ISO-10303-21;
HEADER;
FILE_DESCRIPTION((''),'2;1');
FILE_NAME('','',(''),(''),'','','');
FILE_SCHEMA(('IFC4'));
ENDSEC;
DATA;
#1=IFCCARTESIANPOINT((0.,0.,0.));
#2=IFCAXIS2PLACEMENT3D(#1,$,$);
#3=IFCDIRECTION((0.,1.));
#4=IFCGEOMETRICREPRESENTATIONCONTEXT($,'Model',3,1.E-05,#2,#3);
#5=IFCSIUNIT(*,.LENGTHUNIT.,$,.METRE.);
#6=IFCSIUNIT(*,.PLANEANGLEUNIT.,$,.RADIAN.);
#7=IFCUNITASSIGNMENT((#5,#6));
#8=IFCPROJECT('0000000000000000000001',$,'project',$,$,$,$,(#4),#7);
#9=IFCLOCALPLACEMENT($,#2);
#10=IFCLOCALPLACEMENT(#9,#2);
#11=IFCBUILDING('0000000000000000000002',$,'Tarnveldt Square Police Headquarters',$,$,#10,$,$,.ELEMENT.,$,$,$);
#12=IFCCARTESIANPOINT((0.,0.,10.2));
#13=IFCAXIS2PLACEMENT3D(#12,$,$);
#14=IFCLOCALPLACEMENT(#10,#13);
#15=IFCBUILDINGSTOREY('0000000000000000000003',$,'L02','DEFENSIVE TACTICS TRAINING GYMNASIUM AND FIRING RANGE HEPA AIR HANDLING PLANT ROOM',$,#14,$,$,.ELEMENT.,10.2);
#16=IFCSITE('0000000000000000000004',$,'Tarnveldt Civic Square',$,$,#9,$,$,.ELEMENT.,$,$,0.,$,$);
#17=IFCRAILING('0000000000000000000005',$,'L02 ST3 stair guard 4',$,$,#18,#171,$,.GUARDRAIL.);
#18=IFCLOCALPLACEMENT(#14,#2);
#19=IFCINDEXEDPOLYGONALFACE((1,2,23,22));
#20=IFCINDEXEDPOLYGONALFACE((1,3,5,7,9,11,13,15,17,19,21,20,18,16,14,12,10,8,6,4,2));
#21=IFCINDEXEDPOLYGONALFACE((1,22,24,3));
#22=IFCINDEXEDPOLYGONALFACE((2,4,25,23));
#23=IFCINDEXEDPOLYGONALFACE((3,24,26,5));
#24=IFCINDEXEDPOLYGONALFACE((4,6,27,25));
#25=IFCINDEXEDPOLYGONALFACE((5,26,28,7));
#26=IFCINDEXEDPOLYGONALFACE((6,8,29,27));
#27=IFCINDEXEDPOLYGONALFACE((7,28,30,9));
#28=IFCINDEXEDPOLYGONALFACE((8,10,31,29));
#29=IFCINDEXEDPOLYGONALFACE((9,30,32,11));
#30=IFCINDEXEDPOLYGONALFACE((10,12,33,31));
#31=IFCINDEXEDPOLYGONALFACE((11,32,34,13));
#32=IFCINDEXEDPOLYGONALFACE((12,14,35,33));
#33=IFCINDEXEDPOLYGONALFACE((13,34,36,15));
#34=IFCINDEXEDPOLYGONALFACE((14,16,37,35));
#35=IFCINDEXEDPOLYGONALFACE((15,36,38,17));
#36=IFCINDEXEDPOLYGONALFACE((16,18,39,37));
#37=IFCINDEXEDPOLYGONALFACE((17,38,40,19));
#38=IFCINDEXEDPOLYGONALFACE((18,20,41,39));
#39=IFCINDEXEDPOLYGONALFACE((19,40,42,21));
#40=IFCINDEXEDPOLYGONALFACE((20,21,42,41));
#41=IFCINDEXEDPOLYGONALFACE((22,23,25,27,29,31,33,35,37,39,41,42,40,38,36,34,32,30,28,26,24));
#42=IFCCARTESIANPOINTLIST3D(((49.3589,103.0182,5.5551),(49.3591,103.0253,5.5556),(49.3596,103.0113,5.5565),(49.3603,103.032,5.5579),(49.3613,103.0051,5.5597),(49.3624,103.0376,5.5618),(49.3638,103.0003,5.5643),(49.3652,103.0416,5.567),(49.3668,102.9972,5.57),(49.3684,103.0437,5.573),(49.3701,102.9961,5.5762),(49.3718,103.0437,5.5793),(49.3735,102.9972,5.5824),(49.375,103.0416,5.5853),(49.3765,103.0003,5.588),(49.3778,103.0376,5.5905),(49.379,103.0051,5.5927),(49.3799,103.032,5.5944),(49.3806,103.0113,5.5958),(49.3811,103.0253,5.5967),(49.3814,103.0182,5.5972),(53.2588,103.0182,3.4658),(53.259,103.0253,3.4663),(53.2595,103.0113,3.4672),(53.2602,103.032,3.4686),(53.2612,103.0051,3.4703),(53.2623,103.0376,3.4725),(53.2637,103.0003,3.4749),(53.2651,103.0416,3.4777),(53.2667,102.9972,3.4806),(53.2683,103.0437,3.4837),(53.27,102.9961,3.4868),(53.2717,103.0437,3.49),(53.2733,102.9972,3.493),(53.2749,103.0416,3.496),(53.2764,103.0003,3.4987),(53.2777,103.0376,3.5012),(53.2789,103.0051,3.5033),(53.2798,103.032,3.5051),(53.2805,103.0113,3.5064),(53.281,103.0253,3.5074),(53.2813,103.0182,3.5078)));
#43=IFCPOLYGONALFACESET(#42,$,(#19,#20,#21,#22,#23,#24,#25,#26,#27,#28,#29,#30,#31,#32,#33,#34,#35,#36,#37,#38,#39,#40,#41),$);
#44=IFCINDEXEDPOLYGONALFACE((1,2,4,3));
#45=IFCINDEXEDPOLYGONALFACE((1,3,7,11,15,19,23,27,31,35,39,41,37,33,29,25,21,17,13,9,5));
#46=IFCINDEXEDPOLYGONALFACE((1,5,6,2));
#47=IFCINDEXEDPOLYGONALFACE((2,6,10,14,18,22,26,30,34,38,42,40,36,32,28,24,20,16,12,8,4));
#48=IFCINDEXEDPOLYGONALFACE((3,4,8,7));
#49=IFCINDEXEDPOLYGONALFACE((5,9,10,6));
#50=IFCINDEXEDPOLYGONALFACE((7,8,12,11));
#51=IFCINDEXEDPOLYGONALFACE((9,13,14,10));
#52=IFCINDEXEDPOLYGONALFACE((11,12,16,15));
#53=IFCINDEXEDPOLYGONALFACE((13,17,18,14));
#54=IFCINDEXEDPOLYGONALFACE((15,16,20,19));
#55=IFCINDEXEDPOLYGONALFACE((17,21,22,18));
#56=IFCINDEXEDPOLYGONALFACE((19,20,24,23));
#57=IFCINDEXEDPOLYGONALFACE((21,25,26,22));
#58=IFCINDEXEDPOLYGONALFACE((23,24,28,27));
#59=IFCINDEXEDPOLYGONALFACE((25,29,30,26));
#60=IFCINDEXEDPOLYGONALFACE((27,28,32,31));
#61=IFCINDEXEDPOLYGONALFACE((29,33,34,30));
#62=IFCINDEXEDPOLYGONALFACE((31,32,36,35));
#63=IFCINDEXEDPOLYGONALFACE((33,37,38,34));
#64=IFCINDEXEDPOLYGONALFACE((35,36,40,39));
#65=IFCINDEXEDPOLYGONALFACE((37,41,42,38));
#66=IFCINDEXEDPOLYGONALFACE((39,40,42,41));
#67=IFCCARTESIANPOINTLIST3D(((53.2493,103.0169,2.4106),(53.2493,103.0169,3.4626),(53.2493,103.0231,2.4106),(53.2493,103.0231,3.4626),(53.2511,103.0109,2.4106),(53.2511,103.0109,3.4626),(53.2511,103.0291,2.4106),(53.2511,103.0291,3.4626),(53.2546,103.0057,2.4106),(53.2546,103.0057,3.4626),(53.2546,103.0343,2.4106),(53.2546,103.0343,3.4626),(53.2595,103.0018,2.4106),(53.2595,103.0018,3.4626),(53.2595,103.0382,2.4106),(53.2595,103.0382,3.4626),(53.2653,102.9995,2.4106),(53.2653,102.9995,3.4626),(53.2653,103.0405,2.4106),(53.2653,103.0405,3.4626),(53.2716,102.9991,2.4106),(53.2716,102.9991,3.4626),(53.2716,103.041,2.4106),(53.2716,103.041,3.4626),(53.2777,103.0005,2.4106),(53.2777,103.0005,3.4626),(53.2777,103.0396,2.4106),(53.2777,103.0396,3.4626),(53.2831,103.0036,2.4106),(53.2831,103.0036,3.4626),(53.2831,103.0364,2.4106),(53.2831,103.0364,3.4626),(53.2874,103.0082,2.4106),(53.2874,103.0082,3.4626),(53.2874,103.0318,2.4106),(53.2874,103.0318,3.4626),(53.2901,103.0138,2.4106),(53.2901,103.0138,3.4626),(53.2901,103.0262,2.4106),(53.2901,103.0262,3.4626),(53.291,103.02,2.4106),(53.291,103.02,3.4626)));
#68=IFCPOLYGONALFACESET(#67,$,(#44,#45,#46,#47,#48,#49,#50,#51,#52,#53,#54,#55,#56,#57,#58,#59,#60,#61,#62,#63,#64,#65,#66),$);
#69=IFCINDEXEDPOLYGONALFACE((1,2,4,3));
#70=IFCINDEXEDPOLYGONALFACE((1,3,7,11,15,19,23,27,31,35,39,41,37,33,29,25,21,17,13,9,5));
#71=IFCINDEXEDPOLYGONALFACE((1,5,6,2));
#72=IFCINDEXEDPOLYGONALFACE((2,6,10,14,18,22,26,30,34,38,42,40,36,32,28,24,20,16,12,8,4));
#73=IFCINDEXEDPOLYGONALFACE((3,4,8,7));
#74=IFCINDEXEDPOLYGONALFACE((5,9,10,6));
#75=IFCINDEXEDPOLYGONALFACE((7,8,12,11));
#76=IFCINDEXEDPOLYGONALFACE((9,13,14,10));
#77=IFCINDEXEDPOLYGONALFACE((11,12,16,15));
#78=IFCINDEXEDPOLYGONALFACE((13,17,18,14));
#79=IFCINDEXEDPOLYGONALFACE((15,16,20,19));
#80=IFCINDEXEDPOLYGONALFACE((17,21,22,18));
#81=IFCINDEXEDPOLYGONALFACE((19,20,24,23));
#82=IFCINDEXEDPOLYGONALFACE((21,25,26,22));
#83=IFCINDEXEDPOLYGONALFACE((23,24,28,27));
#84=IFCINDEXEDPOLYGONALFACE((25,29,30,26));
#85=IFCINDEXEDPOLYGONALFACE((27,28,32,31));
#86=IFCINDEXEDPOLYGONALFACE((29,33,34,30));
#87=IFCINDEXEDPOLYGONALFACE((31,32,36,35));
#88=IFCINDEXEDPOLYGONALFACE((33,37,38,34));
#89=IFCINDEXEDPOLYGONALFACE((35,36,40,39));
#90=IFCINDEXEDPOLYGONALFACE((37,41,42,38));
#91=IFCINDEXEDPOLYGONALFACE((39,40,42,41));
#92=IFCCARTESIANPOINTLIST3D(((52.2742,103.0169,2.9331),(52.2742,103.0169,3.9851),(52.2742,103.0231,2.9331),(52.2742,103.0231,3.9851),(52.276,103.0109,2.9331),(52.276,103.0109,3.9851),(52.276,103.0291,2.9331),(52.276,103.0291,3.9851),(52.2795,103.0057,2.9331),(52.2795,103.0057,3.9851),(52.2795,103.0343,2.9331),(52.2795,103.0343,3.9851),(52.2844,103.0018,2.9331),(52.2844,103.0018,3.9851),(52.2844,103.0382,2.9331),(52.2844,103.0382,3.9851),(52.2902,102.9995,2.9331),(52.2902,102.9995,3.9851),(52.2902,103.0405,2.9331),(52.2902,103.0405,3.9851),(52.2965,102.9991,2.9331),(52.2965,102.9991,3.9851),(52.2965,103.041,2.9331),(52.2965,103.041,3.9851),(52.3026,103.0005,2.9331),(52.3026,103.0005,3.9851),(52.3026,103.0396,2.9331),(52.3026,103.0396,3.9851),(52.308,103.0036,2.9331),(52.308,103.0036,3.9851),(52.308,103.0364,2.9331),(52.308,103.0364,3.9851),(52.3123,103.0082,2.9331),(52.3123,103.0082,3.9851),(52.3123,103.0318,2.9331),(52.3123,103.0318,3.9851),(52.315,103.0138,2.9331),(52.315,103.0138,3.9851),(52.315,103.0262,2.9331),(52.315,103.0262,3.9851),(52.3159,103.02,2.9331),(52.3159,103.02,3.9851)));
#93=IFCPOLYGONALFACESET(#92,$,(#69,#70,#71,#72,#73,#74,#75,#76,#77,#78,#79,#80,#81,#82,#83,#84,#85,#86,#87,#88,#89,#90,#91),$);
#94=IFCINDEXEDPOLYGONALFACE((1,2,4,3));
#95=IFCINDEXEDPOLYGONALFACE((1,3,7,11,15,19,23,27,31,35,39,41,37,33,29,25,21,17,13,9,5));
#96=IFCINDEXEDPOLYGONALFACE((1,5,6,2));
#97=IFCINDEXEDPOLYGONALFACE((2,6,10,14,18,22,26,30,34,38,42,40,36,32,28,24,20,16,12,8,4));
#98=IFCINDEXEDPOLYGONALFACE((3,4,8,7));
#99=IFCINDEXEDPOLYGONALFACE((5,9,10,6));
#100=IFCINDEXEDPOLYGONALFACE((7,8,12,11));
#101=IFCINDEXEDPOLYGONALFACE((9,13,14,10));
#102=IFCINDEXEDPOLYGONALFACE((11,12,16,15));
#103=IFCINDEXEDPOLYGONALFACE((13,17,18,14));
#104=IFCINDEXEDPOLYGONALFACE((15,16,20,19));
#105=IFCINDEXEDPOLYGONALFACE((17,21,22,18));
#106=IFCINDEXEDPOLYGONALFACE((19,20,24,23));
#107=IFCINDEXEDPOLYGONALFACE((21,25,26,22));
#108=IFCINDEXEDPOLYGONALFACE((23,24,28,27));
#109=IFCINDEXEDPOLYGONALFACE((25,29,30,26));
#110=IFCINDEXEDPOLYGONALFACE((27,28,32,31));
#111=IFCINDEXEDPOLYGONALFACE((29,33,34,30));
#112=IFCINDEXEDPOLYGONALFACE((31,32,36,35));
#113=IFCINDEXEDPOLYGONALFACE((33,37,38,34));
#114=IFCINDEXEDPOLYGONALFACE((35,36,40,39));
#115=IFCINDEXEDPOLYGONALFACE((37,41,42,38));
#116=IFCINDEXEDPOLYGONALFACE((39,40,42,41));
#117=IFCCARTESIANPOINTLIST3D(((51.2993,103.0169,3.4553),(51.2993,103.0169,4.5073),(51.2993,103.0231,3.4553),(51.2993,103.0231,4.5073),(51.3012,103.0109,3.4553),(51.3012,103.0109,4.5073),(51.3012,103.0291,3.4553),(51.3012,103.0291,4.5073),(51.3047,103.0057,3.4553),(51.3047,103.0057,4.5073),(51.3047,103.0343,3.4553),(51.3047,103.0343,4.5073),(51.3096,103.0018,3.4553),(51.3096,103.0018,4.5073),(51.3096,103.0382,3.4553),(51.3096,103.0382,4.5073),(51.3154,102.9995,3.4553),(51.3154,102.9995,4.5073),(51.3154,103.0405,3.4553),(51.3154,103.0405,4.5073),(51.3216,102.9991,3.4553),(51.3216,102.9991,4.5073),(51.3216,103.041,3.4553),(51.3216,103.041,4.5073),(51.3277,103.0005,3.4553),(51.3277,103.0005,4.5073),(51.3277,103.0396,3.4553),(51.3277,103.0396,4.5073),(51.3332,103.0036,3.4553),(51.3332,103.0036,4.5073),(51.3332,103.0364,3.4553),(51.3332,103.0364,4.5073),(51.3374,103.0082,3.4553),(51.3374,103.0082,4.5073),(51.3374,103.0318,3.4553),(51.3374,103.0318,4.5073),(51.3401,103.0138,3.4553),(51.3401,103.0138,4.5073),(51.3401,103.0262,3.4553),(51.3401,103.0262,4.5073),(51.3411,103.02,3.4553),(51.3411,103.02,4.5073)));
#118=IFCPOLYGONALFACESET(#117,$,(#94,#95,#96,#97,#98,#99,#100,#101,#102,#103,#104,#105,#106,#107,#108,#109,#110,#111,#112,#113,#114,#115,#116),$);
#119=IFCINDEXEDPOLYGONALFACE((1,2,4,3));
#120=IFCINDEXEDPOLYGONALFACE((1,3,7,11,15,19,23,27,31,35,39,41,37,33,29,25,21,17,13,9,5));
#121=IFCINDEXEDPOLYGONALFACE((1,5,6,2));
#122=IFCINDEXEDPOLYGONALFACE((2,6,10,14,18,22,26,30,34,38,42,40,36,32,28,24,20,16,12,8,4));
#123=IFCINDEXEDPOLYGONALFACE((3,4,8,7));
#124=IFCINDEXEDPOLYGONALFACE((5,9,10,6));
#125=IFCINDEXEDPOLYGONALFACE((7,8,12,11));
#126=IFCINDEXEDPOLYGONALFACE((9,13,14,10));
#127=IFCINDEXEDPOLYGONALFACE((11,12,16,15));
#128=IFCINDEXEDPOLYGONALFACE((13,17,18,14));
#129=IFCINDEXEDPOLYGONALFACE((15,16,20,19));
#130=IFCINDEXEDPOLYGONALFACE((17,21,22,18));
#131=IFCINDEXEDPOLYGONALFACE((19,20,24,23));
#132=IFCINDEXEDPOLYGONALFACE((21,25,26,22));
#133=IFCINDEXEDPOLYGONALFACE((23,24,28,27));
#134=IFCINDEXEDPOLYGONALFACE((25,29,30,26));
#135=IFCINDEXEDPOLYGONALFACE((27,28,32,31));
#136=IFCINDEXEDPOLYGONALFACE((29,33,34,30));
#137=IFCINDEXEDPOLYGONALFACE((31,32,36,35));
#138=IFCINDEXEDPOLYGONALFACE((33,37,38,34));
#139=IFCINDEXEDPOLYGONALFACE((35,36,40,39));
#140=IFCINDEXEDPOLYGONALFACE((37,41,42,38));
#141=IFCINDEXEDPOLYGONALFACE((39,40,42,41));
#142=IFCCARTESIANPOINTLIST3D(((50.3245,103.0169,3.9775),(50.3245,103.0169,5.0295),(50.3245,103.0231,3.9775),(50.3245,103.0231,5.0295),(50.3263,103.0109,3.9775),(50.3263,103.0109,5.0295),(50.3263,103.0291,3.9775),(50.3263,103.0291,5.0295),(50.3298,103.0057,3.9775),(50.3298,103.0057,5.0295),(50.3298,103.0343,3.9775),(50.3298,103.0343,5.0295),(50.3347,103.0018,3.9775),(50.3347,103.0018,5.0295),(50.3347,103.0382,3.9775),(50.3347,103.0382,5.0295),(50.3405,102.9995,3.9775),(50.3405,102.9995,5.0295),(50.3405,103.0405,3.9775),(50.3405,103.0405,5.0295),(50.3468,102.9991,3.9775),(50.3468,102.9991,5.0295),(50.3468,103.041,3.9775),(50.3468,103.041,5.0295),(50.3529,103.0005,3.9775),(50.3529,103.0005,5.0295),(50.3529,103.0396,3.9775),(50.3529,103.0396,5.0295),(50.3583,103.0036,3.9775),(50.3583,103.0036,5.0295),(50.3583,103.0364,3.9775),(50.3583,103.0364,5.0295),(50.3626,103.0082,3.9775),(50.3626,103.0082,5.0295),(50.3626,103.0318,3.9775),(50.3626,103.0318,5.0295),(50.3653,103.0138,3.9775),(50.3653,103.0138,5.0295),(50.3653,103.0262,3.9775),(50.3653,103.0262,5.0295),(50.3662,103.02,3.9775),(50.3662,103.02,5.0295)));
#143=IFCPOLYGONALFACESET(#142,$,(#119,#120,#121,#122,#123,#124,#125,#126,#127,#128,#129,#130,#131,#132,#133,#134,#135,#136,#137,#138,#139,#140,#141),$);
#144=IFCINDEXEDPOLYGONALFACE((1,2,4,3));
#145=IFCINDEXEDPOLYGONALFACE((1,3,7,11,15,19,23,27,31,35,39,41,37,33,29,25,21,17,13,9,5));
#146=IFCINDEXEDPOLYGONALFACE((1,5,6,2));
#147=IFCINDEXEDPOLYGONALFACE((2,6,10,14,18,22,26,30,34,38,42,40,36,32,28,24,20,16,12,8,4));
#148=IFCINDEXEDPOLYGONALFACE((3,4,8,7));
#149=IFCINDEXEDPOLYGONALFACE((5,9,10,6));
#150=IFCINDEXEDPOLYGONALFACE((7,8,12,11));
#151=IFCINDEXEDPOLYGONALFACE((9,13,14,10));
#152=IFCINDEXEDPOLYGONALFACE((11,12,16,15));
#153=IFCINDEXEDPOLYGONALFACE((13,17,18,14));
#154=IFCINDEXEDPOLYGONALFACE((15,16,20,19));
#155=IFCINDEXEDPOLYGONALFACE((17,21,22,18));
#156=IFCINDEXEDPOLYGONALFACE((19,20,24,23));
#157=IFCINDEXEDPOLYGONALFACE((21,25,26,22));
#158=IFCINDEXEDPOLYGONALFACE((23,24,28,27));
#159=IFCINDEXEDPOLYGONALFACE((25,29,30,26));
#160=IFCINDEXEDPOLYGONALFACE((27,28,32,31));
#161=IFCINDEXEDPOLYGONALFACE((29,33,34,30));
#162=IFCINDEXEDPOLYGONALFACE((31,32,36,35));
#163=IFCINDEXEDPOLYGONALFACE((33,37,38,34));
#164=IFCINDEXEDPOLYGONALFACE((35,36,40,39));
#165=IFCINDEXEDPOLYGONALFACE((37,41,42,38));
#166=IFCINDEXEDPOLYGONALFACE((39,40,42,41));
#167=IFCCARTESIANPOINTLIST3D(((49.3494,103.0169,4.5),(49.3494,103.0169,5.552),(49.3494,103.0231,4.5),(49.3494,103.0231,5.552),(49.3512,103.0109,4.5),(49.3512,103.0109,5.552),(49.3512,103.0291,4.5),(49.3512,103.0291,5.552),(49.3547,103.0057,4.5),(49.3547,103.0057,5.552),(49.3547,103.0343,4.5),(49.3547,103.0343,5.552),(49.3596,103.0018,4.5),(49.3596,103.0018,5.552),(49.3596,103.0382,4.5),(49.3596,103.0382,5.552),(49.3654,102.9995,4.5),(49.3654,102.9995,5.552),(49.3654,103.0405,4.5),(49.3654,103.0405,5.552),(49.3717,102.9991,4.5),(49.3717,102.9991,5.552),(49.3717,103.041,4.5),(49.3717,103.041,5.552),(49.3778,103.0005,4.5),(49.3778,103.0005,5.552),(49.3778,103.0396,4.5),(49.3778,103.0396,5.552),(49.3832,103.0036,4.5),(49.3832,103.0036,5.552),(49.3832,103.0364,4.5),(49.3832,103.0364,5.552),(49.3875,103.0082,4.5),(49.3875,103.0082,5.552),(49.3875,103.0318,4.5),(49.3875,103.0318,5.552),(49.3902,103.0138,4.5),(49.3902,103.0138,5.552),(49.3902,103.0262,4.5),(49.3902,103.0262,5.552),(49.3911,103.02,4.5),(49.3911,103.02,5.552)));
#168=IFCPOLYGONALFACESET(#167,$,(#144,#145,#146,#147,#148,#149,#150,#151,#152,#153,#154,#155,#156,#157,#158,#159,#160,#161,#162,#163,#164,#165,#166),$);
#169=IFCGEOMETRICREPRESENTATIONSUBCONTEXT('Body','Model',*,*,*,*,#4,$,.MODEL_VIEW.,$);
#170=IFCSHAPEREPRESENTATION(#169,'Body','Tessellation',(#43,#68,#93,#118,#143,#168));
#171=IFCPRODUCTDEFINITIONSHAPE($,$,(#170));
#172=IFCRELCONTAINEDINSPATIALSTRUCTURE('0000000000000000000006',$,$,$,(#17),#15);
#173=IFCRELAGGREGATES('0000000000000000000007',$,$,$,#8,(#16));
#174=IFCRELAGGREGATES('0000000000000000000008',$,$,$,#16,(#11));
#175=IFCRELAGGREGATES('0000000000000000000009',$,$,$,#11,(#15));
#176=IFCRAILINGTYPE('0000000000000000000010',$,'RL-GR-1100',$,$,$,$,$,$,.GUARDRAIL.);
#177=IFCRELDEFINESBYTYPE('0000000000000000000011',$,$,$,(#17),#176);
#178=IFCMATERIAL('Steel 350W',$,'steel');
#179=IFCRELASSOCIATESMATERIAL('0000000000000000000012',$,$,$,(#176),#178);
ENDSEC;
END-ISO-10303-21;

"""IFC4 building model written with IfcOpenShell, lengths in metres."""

from ifc_helpers import new_model, si_unit, direction, frame, origin, origin_2d, place, context, subcontext, project, spatial, circle, extrude, material, type_object, element, save


model = new_model("IFC4")

# Units and contexts
model_context = context("Model", 3, precision=1e-05, world=origin(), true_north=direction((0.0, 1.0)))
body_context = subcontext(model_context, "Body", "Model", "MODEL_VIEW")
ifc_project = project(units=[si_unit("LENGTHUNIT", "METRE"), si_unit("PLANEANGLEUNIT", "RADIAN")], contexts=[model_context])

# Site, building, storey
site_placement = place(None, origin())
site = spatial("IfcSite", under=ifc_project, at=site_placement, Name="Tarnveldt Civic Square", CompositionType="ELEMENT", RefElevation=0.0)
building_placement = place(site_placement, origin())
building = spatial("IfcBuilding", under=site, at=building_placement, Name="Tarnveldt Square Police Headquarters", CompositionType="ELEMENT")
storey_placement = place(building_placement, frame((0.0, 0.0, 10.2)))
storey = spatial("IfcBuildingStorey", under=building, at=storey_placement, Name="L02", Description="DEFENSIVE TACTICS TRAINING GYMNASIUM AND FIRING RANGE HEPA AIR HANDLING PLANT ROOM", CompositionType="ELEMENT", Elevation=10.2)

# Shared definitions
ifc_material_1 = material(Name="Steel 350W", Category="steel")

# Railing
railing_type_1 = type_object("IfcRailingType", Name="RL-GR-1100", PredefinedType="GUARDRAIL", material=ifc_material_1)
railing_1_placement = place(storey_placement, frame((53.27, 103.02, 2.4106)))
element("IfcRailing", 1, at=railing_1_placement, inside=storey, type_object=railing_type_1, Name="L02 ST3 stair guard 4", PredefinedType="GUARDRAIL", context=body_context, shape_type="SweptSolid", body=[
    extrude(circle(Radius=0.0239, at=origin_2d()), frame((0.0, 0.0, 1.0762), z_axis=(-0.881468, 0.0, 0.472243), x_axis=(0.0, -1.0, 0.0)), (0.0, 0.0, 1.0), 4.4243),
    extrude(circle(Radius=0.021, at=origin_2d()), origin(), (0.0, 0.0, 1.0), 1.052),
    extrude(circle(Radius=0.021, at=origin_2d()), frame((-0.9751, 0.0, 0.5225)), (0.0, 0.0, 1.0), 1.052),
    extrude(circle(Radius=0.021, at=origin_2d()), frame((-1.95, 0.0, 1.0447)), (0.0, 0.0, 1.0), 1.052),
    extrude(circle(Radius=0.021, at=origin_2d()), frame((-2.9248, 0.0, 1.5669)), (0.0, 0.0, 1.0), 1.052),
    extrude(circle(Radius=0.021, at=origin_2d()), frame((-3.8999, 0.0, 2.0894)), (0.0, 0.0, 1.0), 1.052),
])

save(model, "model.ifc")
